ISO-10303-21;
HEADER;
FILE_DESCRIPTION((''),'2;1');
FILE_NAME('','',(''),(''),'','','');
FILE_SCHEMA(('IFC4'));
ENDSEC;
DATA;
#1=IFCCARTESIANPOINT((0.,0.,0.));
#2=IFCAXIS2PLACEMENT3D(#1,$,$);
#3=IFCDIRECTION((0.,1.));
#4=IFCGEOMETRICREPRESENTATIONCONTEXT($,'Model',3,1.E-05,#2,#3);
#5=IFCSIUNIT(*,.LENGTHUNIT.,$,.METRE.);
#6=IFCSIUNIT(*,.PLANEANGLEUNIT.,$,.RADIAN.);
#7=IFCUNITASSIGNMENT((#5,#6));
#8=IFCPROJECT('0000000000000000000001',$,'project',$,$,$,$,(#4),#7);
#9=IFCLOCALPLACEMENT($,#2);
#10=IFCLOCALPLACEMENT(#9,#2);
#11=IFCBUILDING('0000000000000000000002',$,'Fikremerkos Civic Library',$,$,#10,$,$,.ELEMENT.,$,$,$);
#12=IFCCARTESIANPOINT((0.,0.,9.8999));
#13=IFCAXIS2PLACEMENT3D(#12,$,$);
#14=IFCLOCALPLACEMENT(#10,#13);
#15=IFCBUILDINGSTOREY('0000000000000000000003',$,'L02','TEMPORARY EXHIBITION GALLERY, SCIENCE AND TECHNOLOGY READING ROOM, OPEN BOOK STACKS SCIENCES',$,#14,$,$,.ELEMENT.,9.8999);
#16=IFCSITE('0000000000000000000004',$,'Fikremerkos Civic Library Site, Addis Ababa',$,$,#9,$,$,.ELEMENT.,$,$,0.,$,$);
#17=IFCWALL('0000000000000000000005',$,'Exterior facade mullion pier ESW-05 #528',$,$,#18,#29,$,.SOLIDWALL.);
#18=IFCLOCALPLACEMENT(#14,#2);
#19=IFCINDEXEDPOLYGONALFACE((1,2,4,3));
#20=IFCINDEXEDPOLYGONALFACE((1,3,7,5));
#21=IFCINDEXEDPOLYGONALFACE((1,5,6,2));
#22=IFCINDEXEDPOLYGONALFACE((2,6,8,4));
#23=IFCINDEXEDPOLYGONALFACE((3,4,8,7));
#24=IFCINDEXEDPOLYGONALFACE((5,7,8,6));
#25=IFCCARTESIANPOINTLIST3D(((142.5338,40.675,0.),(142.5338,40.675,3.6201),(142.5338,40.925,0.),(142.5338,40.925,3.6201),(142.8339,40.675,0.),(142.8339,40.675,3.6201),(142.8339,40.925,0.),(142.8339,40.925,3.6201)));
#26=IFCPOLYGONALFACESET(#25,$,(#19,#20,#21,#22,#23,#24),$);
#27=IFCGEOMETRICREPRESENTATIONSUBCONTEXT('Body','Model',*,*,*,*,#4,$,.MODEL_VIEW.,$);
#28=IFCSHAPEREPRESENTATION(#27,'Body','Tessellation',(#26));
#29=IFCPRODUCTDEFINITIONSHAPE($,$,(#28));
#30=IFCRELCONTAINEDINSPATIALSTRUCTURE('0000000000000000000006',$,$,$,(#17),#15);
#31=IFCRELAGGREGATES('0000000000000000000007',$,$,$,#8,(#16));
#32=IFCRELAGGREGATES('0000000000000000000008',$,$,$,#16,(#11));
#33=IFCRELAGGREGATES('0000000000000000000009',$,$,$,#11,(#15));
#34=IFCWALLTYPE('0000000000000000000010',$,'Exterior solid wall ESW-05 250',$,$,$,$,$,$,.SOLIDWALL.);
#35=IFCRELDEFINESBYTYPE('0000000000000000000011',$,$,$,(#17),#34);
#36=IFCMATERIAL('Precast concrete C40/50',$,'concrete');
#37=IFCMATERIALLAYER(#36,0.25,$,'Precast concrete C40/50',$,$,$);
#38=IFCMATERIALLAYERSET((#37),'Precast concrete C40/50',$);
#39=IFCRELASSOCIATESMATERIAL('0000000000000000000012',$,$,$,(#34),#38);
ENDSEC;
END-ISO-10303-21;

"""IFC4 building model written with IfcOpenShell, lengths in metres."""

from ifc_helpers import new_model, si_unit, direction, frame, frame_2d, origin, place, context, subcontext, project, spatial, rectangle, extrude, material, layer, layer_set, type_object, element, save


model = new_model("IFC4")

# Units and contexts
model_context = context("Model", 3, precision=1e-05, world=origin(), true_north=direction((0.0, 1.0)))
body_context = subcontext(model_context, "Body", "Model", "MODEL_VIEW")
ifc_project = project(units=[si_unit("LENGTHUNIT", "METRE"), si_unit("PLANEANGLEUNIT", "RADIAN")], contexts=[model_context])

# Site, building, storey
site_placement = place(None, origin())
site = spatial("IfcSite", under=ifc_project, at=site_placement, Name="Fikremerkos Civic Library Site, Addis Ababa", CompositionType="ELEMENT", RefElevation=0.0)
building_placement = place(site_placement, origin())
building = spatial("IfcBuilding", under=site, at=building_placement, Name="Fikremerkos Civic Library", CompositionType="ELEMENT")
storey_placement = place(building_placement, frame((0.0, 0.0, 9.8999)))
storey = spatial("IfcBuildingStorey", under=building, at=storey_placement, Name="L02", Description="TEMPORARY EXHIBITION GALLERY, SCIENCE AND TECHNOLOGY READING ROOM, OPEN BOOK STACKS SCIENCES", CompositionType="ELEMENT", Elevation=9.8999)

# Wall
ifc_material_1 = material(Name="Precast concrete C40/50", Category="concrete")
ifc_layer_1 = layer(ifc_material_1, 0.25, Name="Precast concrete C40/50")
ifc_layer_set_1 = layer_set([ifc_layer_1], Name="Precast concrete C40/50")
wall_type = type_object("IfcWallType", Name="Exterior solid wall ESW-05 250", PredefinedType="SOLIDWALL", material=ifc_layer_set_1)
wall_placement = place(storey_placement, frame((142.5339, 40.8, 0.0), z_axis=(0.0, 0.0, 1.0), x_axis=(1.0, 0.0, 0.0)))
element("IfcWall", 1, at=wall_placement, inside=storey, type_object=wall_type, Name="Exterior facade mullion pier ESW-05 #528", PredefinedType="SOLIDWALL", context=body_context, shape_type="SweptSolid", body=[
    extrude(rectangle(XDim=0.3, YDim=0.25, at=frame_2d((0.1499, 0.0))), origin(), (0.0, 0.0, 1.0), 3.6201),
])

save(model, "model.ifc")
